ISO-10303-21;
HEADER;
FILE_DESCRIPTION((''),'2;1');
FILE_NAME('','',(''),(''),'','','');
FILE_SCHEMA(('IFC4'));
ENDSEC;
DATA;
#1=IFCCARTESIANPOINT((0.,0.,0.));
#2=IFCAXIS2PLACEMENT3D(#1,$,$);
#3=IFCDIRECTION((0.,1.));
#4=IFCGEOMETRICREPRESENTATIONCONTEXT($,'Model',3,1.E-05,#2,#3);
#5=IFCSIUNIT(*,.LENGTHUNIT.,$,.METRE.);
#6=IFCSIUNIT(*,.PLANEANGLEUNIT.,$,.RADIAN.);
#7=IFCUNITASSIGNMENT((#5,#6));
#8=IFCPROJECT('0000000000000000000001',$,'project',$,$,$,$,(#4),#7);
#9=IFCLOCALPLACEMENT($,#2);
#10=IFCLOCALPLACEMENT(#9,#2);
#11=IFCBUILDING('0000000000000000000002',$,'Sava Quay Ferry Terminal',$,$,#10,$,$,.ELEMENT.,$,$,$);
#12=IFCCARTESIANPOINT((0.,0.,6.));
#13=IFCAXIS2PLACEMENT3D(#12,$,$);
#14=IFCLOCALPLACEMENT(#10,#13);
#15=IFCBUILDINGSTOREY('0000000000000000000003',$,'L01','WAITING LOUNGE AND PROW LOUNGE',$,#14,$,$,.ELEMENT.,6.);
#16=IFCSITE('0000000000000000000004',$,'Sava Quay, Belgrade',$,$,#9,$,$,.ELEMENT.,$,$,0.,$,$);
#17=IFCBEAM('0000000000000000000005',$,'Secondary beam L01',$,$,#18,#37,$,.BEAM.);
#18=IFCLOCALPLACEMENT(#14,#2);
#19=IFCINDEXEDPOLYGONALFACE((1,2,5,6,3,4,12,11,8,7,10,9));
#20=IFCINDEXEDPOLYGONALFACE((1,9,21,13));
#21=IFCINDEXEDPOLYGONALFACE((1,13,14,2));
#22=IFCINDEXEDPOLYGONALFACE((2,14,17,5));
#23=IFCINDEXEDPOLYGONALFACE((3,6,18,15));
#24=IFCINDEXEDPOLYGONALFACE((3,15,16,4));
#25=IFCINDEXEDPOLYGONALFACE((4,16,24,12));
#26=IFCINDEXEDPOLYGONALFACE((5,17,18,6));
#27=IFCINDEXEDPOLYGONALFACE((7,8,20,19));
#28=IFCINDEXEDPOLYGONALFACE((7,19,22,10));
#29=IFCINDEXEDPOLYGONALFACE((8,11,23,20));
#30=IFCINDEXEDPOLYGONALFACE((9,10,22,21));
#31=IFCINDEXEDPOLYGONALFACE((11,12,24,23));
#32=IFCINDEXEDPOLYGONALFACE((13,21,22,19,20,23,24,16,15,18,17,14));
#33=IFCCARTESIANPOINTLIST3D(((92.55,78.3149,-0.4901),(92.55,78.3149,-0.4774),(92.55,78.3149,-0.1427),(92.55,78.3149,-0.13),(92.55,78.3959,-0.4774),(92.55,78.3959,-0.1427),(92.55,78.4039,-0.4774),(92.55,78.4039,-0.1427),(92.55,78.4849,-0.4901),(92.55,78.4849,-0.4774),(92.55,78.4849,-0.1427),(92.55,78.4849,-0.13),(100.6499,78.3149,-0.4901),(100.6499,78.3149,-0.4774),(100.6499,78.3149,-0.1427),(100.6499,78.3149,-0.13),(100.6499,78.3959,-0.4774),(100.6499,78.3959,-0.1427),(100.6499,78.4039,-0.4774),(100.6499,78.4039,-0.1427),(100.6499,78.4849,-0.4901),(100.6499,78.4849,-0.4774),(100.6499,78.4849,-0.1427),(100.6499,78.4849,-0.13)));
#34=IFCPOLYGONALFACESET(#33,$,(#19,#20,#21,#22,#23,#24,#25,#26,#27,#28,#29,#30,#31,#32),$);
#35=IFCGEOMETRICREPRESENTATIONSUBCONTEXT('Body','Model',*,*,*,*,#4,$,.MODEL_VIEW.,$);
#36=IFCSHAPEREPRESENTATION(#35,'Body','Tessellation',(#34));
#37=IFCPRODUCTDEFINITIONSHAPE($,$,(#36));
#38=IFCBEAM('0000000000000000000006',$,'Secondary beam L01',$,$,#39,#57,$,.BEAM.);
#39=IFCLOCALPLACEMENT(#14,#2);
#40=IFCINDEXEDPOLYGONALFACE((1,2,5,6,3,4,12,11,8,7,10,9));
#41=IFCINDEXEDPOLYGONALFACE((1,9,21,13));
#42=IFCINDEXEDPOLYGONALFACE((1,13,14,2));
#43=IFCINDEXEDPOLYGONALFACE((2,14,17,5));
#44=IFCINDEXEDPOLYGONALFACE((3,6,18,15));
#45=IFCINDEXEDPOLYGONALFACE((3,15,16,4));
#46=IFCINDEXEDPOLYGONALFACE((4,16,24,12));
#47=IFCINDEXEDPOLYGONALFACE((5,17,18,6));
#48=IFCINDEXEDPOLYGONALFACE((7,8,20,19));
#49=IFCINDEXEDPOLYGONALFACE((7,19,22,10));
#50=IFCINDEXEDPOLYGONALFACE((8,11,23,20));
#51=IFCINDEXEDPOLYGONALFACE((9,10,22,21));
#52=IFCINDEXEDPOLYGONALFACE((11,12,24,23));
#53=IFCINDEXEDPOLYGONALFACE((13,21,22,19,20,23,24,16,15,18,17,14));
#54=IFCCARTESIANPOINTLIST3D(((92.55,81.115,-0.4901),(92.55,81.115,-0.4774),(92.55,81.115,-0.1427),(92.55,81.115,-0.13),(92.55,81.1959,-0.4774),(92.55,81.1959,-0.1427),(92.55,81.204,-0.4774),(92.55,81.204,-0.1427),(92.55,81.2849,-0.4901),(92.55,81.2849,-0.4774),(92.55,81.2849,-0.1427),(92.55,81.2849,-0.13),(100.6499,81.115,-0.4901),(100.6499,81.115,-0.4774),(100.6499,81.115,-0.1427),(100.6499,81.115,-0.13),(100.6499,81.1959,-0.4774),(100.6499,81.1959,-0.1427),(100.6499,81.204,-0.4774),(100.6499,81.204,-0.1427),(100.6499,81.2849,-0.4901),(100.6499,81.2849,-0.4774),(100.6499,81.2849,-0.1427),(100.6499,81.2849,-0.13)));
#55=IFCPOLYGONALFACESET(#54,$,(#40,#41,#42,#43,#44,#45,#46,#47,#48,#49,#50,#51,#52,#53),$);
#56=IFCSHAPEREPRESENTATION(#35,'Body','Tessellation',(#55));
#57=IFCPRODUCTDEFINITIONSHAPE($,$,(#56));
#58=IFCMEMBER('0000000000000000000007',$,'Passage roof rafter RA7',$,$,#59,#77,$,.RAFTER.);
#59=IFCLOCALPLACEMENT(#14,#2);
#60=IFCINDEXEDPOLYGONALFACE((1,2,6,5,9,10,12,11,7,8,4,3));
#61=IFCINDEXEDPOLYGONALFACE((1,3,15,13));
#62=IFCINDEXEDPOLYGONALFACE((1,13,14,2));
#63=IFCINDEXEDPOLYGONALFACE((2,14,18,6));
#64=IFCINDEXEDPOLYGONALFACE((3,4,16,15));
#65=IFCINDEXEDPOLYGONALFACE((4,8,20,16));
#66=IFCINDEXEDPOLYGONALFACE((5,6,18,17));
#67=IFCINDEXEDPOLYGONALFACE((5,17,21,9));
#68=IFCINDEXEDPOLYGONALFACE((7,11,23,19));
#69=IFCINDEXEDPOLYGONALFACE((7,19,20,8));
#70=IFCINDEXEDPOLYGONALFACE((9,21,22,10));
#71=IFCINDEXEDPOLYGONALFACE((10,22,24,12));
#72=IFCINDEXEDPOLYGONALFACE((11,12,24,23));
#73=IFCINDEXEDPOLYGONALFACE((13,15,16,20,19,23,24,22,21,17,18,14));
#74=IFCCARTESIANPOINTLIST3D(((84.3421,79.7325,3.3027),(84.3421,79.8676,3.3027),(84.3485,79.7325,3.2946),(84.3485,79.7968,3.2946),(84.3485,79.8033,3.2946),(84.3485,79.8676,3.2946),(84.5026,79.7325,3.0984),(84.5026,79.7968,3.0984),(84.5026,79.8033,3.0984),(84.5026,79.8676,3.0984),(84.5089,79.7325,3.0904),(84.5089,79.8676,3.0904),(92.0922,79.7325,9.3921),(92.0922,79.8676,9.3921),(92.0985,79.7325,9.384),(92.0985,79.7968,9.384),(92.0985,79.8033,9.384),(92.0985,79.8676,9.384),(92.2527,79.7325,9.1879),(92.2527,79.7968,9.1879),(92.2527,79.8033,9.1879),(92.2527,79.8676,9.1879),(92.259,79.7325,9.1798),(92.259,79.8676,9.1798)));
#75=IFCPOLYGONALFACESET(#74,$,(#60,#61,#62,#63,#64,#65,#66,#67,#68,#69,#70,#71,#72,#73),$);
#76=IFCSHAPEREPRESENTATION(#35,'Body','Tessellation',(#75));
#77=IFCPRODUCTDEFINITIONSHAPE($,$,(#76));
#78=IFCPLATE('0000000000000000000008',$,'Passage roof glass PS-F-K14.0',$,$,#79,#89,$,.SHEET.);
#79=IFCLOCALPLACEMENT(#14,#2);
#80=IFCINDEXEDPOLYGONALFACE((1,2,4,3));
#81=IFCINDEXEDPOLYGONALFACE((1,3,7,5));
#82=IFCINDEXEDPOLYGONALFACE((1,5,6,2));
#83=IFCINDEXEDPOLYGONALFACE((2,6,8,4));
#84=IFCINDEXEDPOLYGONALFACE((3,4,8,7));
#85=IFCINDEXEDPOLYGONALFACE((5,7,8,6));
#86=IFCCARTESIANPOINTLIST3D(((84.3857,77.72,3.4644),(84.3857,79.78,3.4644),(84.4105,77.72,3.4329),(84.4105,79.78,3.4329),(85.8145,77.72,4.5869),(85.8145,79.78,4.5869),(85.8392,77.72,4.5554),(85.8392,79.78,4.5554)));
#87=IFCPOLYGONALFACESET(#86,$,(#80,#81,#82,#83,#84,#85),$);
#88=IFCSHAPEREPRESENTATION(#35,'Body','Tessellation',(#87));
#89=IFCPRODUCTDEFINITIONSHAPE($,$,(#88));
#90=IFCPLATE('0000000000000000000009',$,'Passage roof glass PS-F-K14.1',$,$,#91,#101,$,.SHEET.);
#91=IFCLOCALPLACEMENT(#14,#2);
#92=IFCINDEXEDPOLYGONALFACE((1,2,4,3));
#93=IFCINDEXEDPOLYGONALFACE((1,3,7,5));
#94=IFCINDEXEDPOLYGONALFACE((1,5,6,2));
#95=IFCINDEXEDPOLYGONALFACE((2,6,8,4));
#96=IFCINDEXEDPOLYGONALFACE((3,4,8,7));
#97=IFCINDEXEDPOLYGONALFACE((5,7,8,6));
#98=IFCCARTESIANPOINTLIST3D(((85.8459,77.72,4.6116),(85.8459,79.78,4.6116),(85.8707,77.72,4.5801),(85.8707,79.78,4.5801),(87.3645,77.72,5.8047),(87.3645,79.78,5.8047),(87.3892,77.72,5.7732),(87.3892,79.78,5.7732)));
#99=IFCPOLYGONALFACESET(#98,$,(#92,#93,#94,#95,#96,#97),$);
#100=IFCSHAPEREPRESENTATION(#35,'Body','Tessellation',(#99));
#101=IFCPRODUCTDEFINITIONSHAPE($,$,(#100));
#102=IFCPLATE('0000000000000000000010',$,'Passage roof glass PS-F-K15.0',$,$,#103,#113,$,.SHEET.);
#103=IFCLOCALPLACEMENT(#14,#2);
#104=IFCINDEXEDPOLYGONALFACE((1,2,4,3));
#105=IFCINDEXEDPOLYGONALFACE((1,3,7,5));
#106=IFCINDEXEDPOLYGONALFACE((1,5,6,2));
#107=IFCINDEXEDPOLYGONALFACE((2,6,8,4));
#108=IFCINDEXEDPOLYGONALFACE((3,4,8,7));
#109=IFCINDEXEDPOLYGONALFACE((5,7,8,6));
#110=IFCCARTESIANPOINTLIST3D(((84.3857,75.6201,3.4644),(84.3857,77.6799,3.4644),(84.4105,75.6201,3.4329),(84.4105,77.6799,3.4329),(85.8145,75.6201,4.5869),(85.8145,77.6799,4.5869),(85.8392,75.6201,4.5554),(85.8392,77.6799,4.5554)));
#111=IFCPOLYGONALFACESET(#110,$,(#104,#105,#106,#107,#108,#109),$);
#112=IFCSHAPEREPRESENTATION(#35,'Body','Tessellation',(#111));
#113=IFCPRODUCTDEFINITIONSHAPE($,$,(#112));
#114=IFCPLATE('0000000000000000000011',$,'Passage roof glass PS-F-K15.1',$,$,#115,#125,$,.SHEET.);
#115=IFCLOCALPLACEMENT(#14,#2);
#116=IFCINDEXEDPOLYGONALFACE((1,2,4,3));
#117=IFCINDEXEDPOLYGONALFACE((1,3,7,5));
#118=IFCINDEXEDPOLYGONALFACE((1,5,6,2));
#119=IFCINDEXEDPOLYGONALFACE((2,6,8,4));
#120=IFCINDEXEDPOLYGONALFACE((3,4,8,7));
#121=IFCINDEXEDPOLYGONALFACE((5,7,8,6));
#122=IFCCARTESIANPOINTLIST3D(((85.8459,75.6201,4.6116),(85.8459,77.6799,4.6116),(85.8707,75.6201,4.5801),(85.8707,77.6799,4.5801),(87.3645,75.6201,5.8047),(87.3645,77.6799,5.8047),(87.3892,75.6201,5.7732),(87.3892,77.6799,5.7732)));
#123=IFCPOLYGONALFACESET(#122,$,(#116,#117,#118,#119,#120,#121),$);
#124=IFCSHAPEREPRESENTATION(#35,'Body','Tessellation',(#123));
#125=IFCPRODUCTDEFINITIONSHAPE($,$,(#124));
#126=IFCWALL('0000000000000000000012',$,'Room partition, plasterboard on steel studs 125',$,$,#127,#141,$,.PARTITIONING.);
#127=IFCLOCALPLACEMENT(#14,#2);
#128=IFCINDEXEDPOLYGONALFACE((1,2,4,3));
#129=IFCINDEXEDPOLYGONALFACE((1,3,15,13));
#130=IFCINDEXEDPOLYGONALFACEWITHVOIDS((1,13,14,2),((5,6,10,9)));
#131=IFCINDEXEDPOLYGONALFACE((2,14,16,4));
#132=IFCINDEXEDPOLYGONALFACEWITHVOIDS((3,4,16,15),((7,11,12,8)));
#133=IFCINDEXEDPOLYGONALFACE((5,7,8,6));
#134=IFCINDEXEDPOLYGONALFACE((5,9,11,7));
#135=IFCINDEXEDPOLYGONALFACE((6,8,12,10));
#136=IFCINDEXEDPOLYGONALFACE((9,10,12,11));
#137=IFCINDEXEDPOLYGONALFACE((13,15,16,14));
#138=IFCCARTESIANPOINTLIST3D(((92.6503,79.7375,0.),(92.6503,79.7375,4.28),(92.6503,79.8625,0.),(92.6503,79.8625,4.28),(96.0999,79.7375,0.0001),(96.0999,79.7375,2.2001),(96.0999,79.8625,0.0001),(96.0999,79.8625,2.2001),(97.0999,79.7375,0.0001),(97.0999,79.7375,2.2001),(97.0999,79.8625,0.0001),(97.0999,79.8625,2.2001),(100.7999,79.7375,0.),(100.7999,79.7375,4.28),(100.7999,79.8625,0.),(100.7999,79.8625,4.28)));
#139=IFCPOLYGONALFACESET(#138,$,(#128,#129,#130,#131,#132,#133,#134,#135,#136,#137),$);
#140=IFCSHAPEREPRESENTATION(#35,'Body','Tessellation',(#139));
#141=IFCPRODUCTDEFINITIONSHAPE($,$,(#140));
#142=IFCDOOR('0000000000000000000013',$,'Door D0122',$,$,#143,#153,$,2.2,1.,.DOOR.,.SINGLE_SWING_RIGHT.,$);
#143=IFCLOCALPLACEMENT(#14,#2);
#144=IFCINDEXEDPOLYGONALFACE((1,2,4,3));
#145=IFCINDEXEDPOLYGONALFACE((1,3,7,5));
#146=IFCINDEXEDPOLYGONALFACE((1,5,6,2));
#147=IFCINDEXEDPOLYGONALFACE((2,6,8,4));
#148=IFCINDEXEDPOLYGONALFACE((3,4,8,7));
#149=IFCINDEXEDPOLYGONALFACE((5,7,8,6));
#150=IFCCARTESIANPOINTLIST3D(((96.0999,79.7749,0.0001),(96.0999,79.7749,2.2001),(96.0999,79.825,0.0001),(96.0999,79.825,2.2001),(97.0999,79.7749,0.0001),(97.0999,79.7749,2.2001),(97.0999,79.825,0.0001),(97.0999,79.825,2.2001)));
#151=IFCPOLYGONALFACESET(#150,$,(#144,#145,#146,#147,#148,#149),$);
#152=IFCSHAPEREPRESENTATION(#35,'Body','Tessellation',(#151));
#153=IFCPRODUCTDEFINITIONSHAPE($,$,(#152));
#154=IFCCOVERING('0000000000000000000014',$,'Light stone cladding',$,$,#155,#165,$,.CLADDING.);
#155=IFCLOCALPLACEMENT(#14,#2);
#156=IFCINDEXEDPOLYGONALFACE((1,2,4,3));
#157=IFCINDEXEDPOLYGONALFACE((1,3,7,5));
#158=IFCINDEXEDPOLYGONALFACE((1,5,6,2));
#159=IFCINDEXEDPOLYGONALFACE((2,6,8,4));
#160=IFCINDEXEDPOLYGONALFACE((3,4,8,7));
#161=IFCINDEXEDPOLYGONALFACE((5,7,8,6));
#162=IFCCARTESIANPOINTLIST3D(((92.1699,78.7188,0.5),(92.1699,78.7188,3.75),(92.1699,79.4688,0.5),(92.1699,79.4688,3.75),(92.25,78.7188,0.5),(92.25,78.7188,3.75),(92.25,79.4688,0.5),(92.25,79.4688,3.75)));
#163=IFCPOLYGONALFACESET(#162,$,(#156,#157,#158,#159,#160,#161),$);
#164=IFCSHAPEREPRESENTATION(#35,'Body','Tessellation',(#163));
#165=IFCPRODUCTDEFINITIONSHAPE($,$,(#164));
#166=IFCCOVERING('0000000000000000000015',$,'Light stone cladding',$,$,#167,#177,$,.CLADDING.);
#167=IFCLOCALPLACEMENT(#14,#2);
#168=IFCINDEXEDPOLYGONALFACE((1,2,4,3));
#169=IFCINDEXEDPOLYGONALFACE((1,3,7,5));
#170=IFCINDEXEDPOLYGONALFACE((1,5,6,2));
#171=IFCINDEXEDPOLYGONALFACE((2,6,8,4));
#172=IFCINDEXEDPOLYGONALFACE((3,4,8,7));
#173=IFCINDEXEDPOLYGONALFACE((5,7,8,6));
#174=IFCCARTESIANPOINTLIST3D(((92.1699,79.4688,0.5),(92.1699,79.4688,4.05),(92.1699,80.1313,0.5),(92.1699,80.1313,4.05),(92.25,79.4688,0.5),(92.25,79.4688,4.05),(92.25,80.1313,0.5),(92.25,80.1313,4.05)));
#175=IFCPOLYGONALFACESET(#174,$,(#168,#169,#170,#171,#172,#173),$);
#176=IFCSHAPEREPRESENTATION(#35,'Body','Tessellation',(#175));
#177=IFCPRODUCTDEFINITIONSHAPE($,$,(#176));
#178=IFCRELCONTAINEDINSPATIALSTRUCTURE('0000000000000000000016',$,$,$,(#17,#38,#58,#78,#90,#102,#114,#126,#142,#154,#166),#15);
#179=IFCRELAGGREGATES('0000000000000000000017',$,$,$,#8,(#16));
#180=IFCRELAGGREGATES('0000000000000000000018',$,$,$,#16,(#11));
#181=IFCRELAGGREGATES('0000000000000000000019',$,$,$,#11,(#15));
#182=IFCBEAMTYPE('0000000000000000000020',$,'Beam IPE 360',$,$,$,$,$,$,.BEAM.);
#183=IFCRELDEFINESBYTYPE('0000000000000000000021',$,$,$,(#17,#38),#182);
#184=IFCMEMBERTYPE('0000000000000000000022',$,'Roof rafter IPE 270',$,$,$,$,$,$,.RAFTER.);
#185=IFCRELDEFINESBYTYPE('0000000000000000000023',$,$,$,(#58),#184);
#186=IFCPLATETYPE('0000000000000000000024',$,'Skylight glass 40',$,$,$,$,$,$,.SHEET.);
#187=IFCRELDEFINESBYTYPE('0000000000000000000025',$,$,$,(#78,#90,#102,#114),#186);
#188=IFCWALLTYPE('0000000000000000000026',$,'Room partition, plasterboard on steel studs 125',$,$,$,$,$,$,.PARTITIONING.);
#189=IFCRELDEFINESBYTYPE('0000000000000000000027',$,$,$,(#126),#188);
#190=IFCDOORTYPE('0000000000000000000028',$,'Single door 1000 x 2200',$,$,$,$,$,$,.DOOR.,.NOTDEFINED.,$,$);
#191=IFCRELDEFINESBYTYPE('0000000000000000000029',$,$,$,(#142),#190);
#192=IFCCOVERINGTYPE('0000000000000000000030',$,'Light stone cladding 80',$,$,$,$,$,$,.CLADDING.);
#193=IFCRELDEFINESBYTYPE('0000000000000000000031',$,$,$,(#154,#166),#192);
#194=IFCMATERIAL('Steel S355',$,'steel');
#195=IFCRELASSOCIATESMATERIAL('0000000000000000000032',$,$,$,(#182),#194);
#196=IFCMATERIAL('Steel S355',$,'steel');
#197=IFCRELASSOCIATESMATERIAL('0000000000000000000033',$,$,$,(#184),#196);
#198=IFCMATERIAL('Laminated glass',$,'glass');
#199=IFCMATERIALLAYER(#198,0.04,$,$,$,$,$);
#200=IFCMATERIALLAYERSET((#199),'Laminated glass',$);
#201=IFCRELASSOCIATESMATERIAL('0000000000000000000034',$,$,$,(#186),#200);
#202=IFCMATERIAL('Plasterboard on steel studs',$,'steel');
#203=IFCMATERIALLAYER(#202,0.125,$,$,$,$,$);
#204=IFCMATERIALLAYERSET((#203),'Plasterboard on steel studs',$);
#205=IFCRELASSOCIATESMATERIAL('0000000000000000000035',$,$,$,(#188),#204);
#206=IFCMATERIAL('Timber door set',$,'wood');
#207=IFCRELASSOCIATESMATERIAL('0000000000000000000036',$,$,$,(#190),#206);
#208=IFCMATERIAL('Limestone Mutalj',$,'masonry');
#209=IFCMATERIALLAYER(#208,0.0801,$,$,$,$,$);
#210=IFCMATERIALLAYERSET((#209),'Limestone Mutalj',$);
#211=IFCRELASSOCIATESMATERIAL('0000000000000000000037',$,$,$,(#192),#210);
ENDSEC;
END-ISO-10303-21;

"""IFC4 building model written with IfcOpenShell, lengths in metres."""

from ifc_helpers import new_model, si_unit, direction, frame, frame_2d, origin, origin_2d, place, context, subcontext, project, spatial, polyline, rectangle, i_section, outline, extrude, material, layer, layer_set, material_profile, profile_set, type_object, element, fill, save


model = new_model("IFC4")

# Units and contexts
model_context = context("Model", 3, precision=1e-05, world=origin(), true_north=direction((0.0, 1.0)))
body_context = subcontext(model_context, "Body", "Model", "MODEL_VIEW")
ifc_project = project(units=[si_unit("LENGTHUNIT", "METRE"), si_unit("PLANEANGLEUNIT", "RADIAN")], contexts=[model_context])

# Site, building, storey
site_placement = place(None, origin())
site = spatial("IfcSite", under=ifc_project, at=site_placement, Name="Sava Quay, Belgrade", CompositionType="ELEMENT", RefElevation=0.0)
building_placement = place(site_placement, origin())
building = spatial("IfcBuilding", under=site, at=building_placement, Name="Sava Quay Ferry Terminal", CompositionType="ELEMENT")
storey_placement = place(building_placement, frame((0.0, 0.0, 6.0)))
storey = spatial("IfcBuildingStorey", under=building, at=storey_placement, Name="L01", Description="WAITING LOUNGE AND PROW LOUNGE", CompositionType="ELEMENT", Elevation=6.0)

# Beams
ifc_material_1 = material(Name="Steel S355", Category="steel")
ifc_material_profile_1 = material_profile(ifc_material_1, i_section(OverallWidth=0.1699, OverallDepth=0.3601, WebThickness=0.0081, FlangeThickness=0.0127, at=origin_2d()), Name="IPE 360")
ifc_profile_set_1 = profile_set([ifc_material_profile_1], Name="Steel S355")
beam_type = type_object("IfcBeamType", Name="Beam IPE 360", PredefinedType="BEAM", material=ifc_profile_set_1)
for number, where, z_axis, x_axis, name in (
    (1, (92.55, 78.3999, -0.3101), (1.0, 0.0, 0.0), (0.0, 1.0, 0.0), "Secondary beam L01"),
    (2, (92.55, 81.2, -0.3101), (1.0, 0.0, 0.0), (0.0, 1.0, 0.0), "Secondary beam L01"),
):
    element("IfcBeam", number, at=place(storey_placement, frame(where, z_axis=z_axis, x_axis=x_axis)), inside=storey, type_object=beam_type, Name=name, PredefinedType="BEAM", context=body_context, shape_type="SweptSolid", body=[
        extrude(i_section(OverallWidth=0.1699, OverallDepth=0.3601, WebThickness=0.0081, FlangeThickness=0.0127, at=origin_2d()), origin(), (0.0, 0.0, 1.0), 8.0999),
    ])

# Member
ifc_material_2 = material(Name="Steel S355", Category="steel")
ifc_material_profile_2 = material_profile(ifc_material_2, i_section(OverallWidth=0.135, OverallDepth=0.27, WebThickness=0.0066, FlangeThickness=0.0103, at=origin_2d()), Name="IPE 270")
ifc_profile_set_2 = profile_set([ifc_material_profile_2], Name="Steel S355")
member_type = type_object("IfcMemberType", Name="Roof rafter IPE 270", PredefinedType="RAFTER", material=ifc_profile_set_2)
member_placement = place(storey_placement, frame((84.4255, 79.8, 3.1965), z_axis=(0.786315, 0.0, 0.617826), x_axis=(0.0, 1.0, 0.0)))
element("IfcMember", 3, at=member_placement, inside=storey, type_object=member_type, Name="Passage roof rafter RA7", PredefinedType="RAFTER", context=body_context, shape_type="SweptSolid", body=[
    extrude(i_section(OverallWidth=0.135, OverallDepth=0.27, WebThickness=0.0066, FlangeThickness=0.0103, at=origin_2d()), origin(), (0.0, 0.0, 1.0), 9.8562),
])

# Plates
ifc_material_3 = material(Name="Laminated glass", Category="glass")
ifc_layer_1 = layer(ifc_material_3, 0.04)
ifc_layer_set_1 = layer_set([ifc_layer_1], Name="Laminated glass")
plate_type = type_object("IfcPlateType", Name="Skylight glass 40", PredefinedType="SHEET", material=ifc_layer_set_1)
plate_1_placement = place(storey_placement, frame((85.8145, 79.78, 4.5869), z_axis=(-0.617822, 0.0, 0.786318), x_axis=(0.0, -1.0, 0.0)))
element("IfcPlate", 4, at=plate_1_placement, inside=storey, type_object=plate_type, Name="Passage roof glass PS-F-K14.0", PredefinedType="SHEET", context=body_context, shape_type="SweptSolid", body=[
    extrude(outline(polyline([(0.0, 0.0), (2.0601, 0.0), (2.0601, -1.817), (0.0, -1.817), (0.0, 0.0)])), origin(), (0.0, 0.0, -1.0), 0.04),
])
plate_2_placement = place(storey_placement, frame((85.8459, 79.78, 4.6116), z_axis=(-0.61781, 0.0, 0.786327), x_axis=(0.786327, 0.0, 0.61781)))
element("IfcPlate", 5, at=plate_2_placement, inside=storey, type_object=plate_type, Name="Passage roof glass PS-F-K14.1", PredefinedType="SHEET", context=body_context, shape_type="SweptSolid", body=[
    extrude(outline(polyline([(0.0, 0.0), (1.9312, 0.0), (1.9312, -2.0601), (0.0, -2.0601), (0.0, 0.0)])), origin(), (0.0, 0.0, -1.0), 0.04),
])
plate_3_placement = place(storey_placement, frame((85.8145, 77.6799, 4.5869), z_axis=(-0.617822, 0.0, 0.786318), x_axis=(0.0, -1.0, 0.0)))
element("IfcPlate", 6, at=plate_3_placement, inside=storey, type_object=plate_type, Name="Passage roof glass PS-F-K15.0", PredefinedType="SHEET", context=body_context, shape_type="SweptSolid", body=[
    extrude(outline(polyline([(0.0, 0.0), (2.0598, 0.0), (2.0598, -1.817), (0.0, -1.817), (0.0, 0.0)])), origin(), (0.0, 0.0, -1.0), 0.04),
])
plate_4_placement = place(storey_placement, frame((85.8459, 77.6799, 4.6116), z_axis=(-0.61781, 0.0, 0.786327), x_axis=(0.786327, 0.0, 0.61781)))
element("IfcPlate", 7, at=plate_4_placement, inside=storey, type_object=plate_type, Name="Passage roof glass PS-F-K15.1", PredefinedType="SHEET", context=body_context, shape_type="SweptSolid", body=[
    extrude(outline(polyline([(0.0, 0.0), (1.9312, 0.0), (1.9312, -2.0598), (0.0, -2.0598), (0.0, 0.0)])), origin(), (0.0, 0.0, -1.0), 0.04),
])

# Wall, opening, door
ifc_material_4 = material(Name="Plasterboard on steel studs", Category="steel")
ifc_layer_2 = layer(ifc_material_4, 0.125)
ifc_layer_set_2 = layer_set([ifc_layer_2], Name="Plasterboard on steel studs")
wall_type = type_object("IfcWallType", Name="Room partition, plasterboard on steel studs 125", PredefinedType="PARTITIONING", material=ifc_layer_set_2)
wall_placement = place(storey_placement, frame((92.6504, 79.8, 0.0), z_axis=(0.0, 0.0, 1.0), x_axis=(1.0, 0.0, 0.0)))
wall = element("IfcWall", 8, at=wall_placement, inside=storey, type_object=wall_type, Name="Room partition, plasterboard on steel studs 125", PredefinedType="PARTITIONING", context=body_context, shape_type="SweptSolid", body=[
    extrude(rectangle(XDim=8.1497, YDim=0.125, at=frame_2d((4.0747, 0.0))), origin(), (0.0, 0.0, 1.0), 4.28),
])
opening_placement = place(wall_placement, frame((3.4495, 0.0, 0.0)))
opening = element("IfcOpeningElement", 9, at=opening_placement, cuts=wall, PredefinedType="OPENING", context=body_context, shape_type="SweptSolid", body=[
    extrude(rectangle(XDim=1.0, YDim=2.2, at=frame_2d((0.5, 1.1001))), frame((0.0, 0.0625, 0.0), z_axis=(0.0, -1.0, 0.0), x_axis=(1.0, 0.0, 0.0)), (0.0, 0.0, 1.0), 0.125),
])
ifc_material_5 = material(Name="Timber door set", Category="wood")
door_type = type_object("IfcDoorType", Name="Single door 1000 x 2200", OperationType="NOTDEFINED", PredefinedType="DOOR", material=ifc_material_5)
door_placement = place(opening_placement, origin())
door = element("IfcDoor", 10, at=door_placement, inside=storey, type_object=door_type, Name="Door D0122", OperationType="SINGLE_SWING_RIGHT", OverallHeight=2.2, OverallWidth=1.0, PredefinedType="DOOR", context=body_context, shape_type="SweptSolid", body=[
    extrude(rectangle(XDim=1.0, YDim=2.2, at=frame_2d((0.5, 1.1001))), frame((0.0, 0.0249, 0.0), z_axis=(0.0, -1.0, 0.0), x_axis=(1.0, 0.0, 0.0)), (0.0, 0.0, 1.0), 0.05),
])
fill(opening, door)

# Coverings
ifc_material_6 = material(Name="Limestone Mutalj", Category="masonry")
ifc_layer_3 = layer(ifc_material_6, 0.0801)
ifc_layer_set_3 = layer_set([ifc_layer_3], Name="Limestone Mutalj")
covering_type_1 = type_object("IfcCoveringType", Name="Light stone cladding 80", PredefinedType="CLADDING", material=ifc_layer_set_3)
covering_1_placement = place(storey_placement, frame((92.21, 79.0938, 0.5), z_axis=(0.0, 0.0, 1.0), x_axis=(1.0, 0.0, 0.0)))
element("IfcCovering", 11, at=covering_1_placement, inside=storey, type_object=covering_type_1, Name="Light stone cladding", PredefinedType="CLADDING", context=body_context, shape_type="SweptSolid", body=[
    extrude(rectangle(XDim=0.0801, YDim=0.75, at=origin_2d()), origin(), (0.0, 0.0, 1.0), 3.25),
])
covering_2_placement = place(storey_placement, frame((92.21, 79.8, 0.5), z_axis=(0.0, 0.0, 1.0), x_axis=(1.0, 0.0, 0.0)))
element("IfcCovering", 12, at=covering_2_placement, inside=storey, type_object=covering_type_1, Name="Light stone cladding", PredefinedType="CLADDING", context=body_context, shape_type="SweptSolid", body=[
    extrude(rectangle(XDim=0.0801, YDim=0.6626, at=origin_2d()), origin(), (0.0, 0.0, 1.0), 3.55),
])

save(model, "model.ifc")
